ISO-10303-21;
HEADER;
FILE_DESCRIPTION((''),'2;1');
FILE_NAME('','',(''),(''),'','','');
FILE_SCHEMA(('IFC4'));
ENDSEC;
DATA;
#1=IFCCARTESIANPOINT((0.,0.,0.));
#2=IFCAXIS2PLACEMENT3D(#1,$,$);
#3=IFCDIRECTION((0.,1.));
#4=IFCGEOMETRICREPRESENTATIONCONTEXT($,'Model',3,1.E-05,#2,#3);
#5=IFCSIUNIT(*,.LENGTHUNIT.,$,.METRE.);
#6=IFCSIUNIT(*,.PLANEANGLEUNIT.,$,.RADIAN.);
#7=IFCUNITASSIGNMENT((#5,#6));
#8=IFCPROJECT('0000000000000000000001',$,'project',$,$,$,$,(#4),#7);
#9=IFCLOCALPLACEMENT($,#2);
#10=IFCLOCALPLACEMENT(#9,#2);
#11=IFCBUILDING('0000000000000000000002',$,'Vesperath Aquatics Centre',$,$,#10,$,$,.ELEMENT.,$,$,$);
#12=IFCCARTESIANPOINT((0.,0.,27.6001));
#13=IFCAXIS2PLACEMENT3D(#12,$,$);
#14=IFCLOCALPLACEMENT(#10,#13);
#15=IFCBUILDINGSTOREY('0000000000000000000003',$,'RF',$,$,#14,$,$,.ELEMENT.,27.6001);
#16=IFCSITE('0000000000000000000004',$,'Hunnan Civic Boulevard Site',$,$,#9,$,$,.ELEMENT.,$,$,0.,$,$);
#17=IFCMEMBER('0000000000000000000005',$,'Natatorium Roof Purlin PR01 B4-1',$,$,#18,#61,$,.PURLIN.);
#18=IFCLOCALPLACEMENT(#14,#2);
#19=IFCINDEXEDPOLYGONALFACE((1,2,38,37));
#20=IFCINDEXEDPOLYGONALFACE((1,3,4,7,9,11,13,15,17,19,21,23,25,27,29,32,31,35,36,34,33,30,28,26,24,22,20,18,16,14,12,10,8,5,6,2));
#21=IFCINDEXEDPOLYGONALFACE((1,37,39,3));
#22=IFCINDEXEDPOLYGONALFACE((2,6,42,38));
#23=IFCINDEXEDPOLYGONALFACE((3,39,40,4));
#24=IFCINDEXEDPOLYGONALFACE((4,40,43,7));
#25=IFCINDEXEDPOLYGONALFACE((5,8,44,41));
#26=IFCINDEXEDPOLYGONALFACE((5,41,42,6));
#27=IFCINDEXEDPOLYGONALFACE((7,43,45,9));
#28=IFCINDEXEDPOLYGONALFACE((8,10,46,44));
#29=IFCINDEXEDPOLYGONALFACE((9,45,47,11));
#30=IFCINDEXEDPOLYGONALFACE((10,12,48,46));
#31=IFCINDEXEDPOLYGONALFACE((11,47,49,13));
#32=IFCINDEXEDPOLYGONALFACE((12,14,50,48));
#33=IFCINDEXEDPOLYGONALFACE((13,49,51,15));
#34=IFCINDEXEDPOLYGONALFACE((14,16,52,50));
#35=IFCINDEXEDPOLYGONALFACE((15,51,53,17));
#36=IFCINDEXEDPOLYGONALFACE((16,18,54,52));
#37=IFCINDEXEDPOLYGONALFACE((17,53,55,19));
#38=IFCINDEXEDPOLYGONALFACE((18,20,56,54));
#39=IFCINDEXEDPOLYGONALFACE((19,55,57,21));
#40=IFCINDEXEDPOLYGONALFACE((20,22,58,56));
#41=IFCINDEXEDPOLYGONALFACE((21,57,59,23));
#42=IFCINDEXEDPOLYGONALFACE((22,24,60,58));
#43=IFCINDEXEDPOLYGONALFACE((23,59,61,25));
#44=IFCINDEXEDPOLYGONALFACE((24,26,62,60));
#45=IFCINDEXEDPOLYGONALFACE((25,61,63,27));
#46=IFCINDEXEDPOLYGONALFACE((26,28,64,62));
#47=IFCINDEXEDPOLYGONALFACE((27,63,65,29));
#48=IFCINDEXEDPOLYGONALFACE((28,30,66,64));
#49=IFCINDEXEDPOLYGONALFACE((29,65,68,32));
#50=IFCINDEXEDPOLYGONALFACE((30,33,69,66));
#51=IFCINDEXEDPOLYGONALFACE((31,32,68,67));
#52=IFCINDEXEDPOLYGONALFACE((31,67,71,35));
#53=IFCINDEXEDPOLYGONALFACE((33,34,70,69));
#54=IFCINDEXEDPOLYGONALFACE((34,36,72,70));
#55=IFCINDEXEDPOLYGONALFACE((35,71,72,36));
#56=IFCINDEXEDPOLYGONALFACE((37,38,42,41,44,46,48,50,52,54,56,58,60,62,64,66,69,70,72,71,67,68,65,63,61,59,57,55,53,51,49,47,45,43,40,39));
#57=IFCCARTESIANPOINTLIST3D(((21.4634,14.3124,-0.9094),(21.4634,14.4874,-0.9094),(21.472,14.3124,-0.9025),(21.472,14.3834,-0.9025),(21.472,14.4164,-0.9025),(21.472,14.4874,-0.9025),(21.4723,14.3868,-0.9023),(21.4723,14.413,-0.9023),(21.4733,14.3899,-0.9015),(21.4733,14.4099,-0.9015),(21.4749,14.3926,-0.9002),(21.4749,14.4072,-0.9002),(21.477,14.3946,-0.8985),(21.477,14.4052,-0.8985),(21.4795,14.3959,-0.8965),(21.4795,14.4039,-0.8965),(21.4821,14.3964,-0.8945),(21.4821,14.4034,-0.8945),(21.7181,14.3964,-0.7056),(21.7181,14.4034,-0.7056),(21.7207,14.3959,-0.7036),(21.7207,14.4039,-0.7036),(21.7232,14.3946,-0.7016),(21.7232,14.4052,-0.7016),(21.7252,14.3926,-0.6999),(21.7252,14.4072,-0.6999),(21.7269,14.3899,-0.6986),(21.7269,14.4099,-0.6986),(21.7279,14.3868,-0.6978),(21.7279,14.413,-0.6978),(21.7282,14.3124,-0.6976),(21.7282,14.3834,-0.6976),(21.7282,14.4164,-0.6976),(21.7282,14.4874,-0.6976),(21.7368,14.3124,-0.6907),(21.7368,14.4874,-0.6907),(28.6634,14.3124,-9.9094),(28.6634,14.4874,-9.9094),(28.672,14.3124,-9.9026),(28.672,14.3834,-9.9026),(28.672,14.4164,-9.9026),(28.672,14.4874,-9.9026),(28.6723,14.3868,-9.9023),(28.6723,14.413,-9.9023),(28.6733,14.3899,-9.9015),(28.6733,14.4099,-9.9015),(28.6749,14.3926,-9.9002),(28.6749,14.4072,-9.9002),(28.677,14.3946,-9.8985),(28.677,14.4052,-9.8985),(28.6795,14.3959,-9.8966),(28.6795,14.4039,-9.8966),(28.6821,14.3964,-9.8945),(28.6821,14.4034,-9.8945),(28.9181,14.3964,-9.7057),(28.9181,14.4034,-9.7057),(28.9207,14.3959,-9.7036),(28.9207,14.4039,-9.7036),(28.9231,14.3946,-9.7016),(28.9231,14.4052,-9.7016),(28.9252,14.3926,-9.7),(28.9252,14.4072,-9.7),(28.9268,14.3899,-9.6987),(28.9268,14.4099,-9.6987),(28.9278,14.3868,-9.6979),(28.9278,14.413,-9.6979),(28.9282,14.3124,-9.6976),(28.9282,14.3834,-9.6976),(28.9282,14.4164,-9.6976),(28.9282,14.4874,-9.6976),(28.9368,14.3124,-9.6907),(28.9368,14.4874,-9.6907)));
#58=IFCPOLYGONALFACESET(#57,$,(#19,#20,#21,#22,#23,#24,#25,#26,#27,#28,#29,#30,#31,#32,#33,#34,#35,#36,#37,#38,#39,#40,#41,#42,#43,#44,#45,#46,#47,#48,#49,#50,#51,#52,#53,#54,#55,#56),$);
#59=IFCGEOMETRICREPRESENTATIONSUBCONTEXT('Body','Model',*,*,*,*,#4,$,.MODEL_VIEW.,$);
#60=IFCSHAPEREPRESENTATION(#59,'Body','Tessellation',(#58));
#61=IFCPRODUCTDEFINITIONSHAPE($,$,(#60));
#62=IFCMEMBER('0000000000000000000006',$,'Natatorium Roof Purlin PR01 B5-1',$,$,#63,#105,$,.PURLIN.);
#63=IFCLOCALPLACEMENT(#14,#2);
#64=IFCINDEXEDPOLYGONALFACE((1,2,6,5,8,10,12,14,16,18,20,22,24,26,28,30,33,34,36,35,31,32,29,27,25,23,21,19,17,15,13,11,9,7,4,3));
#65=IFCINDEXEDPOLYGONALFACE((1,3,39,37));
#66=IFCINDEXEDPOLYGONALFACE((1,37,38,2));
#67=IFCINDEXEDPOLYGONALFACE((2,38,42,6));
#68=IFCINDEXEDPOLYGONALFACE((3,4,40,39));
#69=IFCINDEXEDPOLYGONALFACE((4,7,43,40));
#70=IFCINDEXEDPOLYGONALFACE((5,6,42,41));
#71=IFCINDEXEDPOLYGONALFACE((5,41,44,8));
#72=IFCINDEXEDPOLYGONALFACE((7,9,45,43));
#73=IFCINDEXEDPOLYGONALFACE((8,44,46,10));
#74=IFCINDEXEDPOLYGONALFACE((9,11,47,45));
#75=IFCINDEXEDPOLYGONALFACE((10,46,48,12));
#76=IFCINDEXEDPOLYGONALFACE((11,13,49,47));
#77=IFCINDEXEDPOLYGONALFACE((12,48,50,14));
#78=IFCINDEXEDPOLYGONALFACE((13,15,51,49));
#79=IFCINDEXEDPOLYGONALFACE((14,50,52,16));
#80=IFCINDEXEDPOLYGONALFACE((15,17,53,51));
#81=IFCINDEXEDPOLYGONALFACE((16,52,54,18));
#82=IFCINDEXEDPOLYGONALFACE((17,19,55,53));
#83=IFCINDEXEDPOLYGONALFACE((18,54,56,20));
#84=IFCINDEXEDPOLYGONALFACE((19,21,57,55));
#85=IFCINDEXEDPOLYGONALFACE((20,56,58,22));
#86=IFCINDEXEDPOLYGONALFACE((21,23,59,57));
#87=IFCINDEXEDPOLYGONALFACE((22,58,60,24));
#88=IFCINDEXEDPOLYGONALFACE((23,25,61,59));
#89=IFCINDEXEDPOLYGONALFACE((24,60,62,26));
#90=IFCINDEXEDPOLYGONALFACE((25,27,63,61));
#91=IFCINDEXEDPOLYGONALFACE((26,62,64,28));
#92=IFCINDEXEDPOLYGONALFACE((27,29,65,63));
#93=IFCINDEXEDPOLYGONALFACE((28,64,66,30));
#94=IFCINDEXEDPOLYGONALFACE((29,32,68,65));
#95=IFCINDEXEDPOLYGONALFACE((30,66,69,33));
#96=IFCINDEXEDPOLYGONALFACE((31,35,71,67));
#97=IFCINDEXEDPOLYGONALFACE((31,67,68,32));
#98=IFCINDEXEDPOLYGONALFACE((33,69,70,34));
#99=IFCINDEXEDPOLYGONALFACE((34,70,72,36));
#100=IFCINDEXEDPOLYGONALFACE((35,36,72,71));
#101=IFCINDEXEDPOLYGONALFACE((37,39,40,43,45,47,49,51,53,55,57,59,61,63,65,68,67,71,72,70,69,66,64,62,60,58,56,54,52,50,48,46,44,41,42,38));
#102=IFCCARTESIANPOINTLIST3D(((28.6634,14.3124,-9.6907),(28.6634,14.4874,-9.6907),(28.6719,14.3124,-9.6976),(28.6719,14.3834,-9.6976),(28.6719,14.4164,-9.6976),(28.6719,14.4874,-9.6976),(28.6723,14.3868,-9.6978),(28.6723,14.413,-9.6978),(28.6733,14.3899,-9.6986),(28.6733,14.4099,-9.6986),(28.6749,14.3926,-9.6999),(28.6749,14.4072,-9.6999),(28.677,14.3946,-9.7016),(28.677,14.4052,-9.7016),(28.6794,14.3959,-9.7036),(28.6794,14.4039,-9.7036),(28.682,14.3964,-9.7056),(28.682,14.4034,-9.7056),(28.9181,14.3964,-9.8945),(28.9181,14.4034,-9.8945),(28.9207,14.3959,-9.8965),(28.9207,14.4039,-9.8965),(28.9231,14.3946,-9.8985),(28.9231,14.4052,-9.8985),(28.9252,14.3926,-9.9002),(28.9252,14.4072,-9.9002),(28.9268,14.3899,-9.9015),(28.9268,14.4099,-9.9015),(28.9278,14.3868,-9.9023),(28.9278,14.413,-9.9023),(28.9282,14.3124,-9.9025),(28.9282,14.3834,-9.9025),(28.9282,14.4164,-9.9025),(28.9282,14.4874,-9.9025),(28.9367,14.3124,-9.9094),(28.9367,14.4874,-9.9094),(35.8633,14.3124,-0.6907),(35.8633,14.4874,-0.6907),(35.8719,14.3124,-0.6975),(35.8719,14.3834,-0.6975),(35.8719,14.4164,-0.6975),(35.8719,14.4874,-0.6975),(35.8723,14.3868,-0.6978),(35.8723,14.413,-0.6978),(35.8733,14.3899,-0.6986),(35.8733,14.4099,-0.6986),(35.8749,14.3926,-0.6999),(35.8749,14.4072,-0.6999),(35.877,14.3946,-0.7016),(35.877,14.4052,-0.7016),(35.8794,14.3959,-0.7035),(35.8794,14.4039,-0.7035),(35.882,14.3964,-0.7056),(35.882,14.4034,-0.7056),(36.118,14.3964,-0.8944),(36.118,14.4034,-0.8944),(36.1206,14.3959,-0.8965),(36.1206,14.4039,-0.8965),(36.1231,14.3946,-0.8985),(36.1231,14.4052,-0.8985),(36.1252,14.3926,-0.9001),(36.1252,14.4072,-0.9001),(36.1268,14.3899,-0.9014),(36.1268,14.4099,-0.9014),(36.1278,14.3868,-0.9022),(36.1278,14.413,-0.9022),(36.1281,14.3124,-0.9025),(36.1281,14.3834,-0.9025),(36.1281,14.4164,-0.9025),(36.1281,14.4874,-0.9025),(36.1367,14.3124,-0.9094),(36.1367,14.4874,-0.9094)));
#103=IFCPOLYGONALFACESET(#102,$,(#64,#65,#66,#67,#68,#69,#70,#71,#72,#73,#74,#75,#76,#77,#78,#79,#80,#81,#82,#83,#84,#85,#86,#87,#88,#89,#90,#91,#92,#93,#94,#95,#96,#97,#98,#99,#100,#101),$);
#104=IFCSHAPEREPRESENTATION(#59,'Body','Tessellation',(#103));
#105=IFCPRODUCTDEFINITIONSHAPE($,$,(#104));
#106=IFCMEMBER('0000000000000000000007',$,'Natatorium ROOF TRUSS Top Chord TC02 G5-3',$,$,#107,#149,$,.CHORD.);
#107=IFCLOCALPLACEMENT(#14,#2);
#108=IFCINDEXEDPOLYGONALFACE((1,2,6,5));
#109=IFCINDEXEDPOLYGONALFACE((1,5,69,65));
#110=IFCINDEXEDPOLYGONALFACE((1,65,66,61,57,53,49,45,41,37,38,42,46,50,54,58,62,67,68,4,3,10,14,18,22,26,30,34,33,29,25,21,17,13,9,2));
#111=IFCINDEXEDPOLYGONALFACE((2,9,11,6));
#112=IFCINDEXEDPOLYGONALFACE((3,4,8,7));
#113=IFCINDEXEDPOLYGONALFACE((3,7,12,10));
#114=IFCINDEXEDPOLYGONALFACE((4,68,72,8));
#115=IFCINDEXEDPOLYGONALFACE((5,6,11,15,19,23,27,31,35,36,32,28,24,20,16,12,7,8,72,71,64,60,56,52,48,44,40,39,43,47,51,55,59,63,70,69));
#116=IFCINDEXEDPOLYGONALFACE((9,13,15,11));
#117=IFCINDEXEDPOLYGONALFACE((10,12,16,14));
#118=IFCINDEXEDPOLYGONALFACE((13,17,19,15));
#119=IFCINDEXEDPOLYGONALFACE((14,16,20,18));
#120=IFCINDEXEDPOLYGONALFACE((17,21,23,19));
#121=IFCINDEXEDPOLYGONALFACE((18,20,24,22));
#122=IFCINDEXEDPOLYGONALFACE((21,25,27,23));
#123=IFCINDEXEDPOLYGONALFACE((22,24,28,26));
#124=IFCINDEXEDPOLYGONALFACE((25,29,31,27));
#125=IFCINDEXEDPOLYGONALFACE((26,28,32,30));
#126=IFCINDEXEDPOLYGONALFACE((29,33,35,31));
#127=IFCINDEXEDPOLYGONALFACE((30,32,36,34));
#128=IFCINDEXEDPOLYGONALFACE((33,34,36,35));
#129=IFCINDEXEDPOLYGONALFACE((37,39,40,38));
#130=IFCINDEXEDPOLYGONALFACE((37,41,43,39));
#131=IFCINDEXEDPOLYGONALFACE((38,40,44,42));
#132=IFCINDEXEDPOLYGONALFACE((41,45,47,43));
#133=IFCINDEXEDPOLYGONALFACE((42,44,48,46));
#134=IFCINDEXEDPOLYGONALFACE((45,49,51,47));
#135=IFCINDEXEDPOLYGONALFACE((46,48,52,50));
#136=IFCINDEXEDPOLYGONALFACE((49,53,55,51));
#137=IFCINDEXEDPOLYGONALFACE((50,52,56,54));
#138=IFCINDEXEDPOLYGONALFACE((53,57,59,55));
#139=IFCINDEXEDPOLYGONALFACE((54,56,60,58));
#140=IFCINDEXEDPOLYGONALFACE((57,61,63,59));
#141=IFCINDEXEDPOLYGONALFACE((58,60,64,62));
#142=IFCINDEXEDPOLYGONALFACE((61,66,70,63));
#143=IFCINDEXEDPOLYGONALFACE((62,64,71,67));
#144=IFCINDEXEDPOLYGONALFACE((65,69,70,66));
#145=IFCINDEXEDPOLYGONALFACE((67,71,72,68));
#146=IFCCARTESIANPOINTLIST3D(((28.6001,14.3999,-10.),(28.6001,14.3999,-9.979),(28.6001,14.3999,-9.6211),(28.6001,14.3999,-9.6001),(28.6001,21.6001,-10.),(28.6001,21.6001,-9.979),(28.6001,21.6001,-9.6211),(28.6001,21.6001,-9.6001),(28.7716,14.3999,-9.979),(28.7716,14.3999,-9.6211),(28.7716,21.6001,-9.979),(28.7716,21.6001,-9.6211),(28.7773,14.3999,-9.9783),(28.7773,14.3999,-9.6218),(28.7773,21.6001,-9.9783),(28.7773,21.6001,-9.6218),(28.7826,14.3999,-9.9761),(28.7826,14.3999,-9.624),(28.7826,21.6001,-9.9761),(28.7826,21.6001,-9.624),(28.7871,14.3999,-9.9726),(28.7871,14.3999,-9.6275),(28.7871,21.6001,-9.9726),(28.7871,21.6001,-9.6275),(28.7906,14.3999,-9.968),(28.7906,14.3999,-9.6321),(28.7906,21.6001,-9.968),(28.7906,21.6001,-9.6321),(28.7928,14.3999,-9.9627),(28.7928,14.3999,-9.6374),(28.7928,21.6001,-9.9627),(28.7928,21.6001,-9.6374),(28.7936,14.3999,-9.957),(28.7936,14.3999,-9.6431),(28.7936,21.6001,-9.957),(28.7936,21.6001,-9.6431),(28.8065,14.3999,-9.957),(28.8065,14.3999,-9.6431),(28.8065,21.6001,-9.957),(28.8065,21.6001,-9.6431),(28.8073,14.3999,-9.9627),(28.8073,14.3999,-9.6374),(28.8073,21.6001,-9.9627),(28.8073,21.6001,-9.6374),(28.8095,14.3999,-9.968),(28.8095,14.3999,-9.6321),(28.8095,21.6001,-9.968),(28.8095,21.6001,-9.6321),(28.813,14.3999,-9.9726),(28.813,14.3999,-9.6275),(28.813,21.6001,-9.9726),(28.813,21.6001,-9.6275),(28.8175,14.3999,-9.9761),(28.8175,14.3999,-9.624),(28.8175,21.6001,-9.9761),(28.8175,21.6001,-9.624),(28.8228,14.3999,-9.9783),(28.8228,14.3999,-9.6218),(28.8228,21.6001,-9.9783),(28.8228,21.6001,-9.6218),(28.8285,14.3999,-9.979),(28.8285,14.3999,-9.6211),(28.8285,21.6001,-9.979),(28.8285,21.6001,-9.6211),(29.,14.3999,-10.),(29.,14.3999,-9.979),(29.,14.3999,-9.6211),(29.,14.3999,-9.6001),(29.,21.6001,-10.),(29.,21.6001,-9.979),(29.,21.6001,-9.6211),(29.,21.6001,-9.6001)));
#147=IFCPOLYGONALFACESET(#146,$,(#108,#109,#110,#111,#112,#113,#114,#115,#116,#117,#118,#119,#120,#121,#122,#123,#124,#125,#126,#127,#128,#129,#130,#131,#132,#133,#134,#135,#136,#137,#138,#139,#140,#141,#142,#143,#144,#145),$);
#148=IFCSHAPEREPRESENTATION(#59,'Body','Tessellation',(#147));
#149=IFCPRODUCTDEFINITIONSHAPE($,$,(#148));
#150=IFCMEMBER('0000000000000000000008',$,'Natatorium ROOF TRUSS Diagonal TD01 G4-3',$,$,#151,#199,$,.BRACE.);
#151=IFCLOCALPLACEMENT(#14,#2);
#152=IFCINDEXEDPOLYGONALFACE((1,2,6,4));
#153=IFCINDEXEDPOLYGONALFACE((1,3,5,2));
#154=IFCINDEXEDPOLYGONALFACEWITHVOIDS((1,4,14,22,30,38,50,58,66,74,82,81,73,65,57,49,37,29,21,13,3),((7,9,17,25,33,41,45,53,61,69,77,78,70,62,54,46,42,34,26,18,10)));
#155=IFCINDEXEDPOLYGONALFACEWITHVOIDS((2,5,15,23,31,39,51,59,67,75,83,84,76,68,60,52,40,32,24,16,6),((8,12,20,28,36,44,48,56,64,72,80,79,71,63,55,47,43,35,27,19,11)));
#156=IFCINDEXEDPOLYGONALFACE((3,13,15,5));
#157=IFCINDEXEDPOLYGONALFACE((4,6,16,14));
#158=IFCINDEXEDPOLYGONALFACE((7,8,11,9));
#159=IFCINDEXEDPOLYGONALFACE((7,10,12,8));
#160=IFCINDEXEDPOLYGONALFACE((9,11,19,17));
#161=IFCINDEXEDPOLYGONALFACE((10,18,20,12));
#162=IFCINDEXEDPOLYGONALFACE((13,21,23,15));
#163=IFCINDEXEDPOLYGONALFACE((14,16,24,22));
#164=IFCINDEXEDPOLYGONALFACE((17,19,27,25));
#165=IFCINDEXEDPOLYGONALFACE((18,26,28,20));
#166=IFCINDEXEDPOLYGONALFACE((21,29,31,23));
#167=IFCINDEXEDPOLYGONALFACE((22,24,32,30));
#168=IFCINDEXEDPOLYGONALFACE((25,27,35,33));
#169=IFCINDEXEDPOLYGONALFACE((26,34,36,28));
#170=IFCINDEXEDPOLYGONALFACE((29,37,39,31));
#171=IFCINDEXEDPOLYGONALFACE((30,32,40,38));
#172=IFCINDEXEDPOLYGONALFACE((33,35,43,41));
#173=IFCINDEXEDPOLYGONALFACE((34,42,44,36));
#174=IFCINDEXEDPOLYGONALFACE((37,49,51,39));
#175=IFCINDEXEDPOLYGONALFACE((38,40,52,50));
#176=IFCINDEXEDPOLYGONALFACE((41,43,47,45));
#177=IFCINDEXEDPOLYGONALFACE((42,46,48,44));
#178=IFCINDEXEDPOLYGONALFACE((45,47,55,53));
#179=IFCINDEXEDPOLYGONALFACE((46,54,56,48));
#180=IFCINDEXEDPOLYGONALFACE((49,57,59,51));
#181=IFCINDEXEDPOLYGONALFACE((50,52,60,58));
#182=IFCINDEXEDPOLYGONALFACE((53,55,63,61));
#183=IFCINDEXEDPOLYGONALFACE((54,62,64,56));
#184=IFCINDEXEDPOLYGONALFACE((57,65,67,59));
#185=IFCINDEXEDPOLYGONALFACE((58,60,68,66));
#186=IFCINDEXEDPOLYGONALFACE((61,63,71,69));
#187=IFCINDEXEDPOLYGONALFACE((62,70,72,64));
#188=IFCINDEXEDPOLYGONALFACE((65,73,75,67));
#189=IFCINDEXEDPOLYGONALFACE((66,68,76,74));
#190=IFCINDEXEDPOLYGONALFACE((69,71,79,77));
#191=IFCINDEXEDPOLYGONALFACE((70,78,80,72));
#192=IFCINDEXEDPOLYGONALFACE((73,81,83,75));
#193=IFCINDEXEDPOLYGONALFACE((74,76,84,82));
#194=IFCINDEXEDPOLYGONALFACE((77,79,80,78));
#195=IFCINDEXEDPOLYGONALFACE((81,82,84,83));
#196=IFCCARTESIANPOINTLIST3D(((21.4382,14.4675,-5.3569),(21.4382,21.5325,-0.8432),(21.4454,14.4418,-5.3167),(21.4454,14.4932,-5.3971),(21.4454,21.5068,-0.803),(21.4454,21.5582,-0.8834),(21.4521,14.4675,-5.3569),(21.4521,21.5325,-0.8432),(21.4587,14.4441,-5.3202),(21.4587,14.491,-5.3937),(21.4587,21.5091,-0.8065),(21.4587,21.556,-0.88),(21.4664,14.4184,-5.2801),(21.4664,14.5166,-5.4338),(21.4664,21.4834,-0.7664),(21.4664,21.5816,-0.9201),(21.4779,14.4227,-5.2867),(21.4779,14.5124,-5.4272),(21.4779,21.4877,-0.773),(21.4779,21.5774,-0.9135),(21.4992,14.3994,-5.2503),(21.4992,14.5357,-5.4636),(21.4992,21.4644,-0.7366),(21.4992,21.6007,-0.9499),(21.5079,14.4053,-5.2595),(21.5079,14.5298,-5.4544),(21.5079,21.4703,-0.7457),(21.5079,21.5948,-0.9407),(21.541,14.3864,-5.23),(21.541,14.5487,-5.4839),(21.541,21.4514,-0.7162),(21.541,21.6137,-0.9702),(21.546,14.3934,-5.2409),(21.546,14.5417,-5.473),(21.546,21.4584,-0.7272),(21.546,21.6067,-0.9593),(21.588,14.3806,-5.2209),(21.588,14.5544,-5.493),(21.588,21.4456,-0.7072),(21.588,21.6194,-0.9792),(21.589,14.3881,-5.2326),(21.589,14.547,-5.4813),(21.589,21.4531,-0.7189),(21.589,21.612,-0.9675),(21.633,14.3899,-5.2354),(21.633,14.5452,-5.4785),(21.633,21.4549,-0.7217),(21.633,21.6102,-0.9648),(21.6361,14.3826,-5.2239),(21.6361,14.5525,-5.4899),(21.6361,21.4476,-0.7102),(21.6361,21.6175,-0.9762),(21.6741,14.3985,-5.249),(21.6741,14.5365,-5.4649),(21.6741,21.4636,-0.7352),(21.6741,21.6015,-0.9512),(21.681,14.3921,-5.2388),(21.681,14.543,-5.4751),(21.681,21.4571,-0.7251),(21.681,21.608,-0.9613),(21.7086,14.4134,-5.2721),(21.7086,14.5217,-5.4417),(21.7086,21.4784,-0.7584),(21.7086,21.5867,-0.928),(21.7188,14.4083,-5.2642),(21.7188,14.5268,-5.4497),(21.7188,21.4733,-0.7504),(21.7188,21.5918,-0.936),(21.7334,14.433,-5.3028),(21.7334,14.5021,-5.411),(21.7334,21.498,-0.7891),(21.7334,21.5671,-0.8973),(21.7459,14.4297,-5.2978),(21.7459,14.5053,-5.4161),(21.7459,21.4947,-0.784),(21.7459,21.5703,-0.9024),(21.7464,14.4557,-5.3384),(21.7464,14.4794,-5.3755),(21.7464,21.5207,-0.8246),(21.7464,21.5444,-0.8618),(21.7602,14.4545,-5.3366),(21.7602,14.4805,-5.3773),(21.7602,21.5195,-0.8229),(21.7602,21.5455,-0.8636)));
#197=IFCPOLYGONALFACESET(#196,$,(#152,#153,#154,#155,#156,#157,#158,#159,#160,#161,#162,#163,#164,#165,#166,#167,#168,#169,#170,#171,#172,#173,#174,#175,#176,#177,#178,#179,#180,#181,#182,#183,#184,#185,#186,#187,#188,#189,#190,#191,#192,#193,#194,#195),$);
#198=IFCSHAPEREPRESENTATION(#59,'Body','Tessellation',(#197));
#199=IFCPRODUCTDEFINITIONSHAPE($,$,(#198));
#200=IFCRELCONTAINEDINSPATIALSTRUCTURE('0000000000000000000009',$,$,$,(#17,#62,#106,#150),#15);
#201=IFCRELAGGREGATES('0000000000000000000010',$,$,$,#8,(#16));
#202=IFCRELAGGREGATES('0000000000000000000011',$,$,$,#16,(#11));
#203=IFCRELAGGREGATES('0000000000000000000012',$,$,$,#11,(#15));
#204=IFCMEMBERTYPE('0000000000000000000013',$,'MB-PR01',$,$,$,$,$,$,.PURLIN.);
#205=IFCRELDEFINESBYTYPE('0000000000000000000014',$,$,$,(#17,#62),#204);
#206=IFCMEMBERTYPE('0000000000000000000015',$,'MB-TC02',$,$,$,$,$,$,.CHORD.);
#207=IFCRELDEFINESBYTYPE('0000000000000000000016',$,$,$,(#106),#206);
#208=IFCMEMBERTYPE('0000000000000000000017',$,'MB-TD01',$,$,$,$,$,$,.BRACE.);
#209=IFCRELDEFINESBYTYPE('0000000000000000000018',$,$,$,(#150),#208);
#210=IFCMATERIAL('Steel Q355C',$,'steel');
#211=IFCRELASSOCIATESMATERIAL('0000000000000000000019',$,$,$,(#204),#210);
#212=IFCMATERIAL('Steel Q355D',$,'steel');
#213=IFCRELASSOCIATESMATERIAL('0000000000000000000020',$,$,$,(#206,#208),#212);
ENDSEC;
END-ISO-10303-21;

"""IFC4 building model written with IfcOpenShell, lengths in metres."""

from ifc_helpers import new_model, si_unit, direction, frame, origin, origin_2d, place, context, subcontext, project, spatial, hollow_circle, i_section, extrude, material, material_profile, profile_set, type_object, element, save


model = new_model("IFC4")

# Units and contexts
model_context = context("Model", 3, precision=1e-05, world=origin(), true_north=direction((0.0, 1.0)))
body_context = subcontext(model_context, "Body", "Model", "MODEL_VIEW")
ifc_project = project(units=[si_unit("LENGTHUNIT", "METRE"), si_unit("PLANEANGLEUNIT", "RADIAN")], contexts=[model_context])

# Site, building, storey
site_placement = place(None, origin())
site = spatial("IfcSite", under=ifc_project, at=site_placement, Name="Hunnan Civic Boulevard Site", CompositionType="ELEMENT", RefElevation=0.0)
building_placement = place(site_placement, origin())
building = spatial("IfcBuilding", under=site, at=building_placement, Name="Vesperath Aquatics Centre", CompositionType="ELEMENT")
storey_placement = place(building_placement, frame((0.0, 0.0, 27.6001)))
storey = spatial("IfcBuildingStorey", under=building, at=storey_placement, Name="RF", CompositionType="ELEMENT", Elevation=27.6001)

# Shared definitions
ifc_material_1 = material(Name="Steel Q355C", Category="steel")

# Members
ifc_material_2 = material(Name="Steel Q355D", Category="steel")
ifc_material_profile_1 = material_profile(ifc_material_1, i_section(OverallWidth=0.175, OverallDepth=0.3501, WebThickness=0.0071, FlangeThickness=0.011, FilletRadius=0.0129, at=origin_2d()), Name="HN 350x175x7x11")
ifc_profile_set_1 = profile_set([ifc_material_profile_1], Name="Steel Q355C")
member_type_1 = type_object("IfcMemberType", Name="MB-PR01", PredefinedType="PURLIN", material=ifc_profile_set_1)
for number, where, z_axis, x_axis, name in (
    (1, (21.6001, 14.3999, -0.8), (0.624692, 0.0, -0.780871), (0.0, 1.0, 0.0), "Natatorium Roof Purlin PR01 B4-1"),
    (2, (28.8, 14.3999, -9.8), (0.624692, 0.0, 0.780871), (0.0, 1.0, 0.0), "Natatorium Roof Purlin PR01 B5-1"),
):
    element("IfcMember", number, at=place(storey_placement, frame(where, z_axis=z_axis, x_axis=x_axis)), inside=storey, type_object=member_type_1, Name=name, PredefinedType="PURLIN", context=body_context, shape_type="SweptSolid", body=[
        extrude(i_section(OverallWidth=0.175, OverallDepth=0.3501, WebThickness=0.0071, FlangeThickness=0.011, FilletRadius=0.0129, at=origin_2d()), origin(), (0.0, 0.0, 1.0), 11.5256),
    ])
ifc_material_profile_2 = material_profile(ifc_material_2, i_section(OverallWidth=0.3999, OverallDepth=0.3999, WebThickness=0.0129, FlangeThickness=0.021, FilletRadius=0.022, at=origin_2d()), Name="HW 400x400x13x21")
ifc_profile_set_2 = profile_set([ifc_material_profile_2], Name="Steel Q355D")
member_type_2 = type_object("IfcMemberType", Name="MB-TC02", PredefinedType="CHORD", material=ifc_profile_set_2)
member_1_placement = place(storey_placement, frame((28.8, 14.3999, -9.8), z_axis=(0.0, 1.0, 0.0), x_axis=(-1.0, 0.0, 0.0)))
element("IfcMember", 3, at=member_1_placement, inside=storey, type_object=member_type_2, Name="Natatorium ROOF TRUSS Top Chord TC02 G5-3", PredefinedType="CHORD", context=body_context, shape_type="SweptSolid", body=[
    extrude(i_section(OverallWidth=0.3999, OverallDepth=0.3999, WebThickness=0.0129, FlangeThickness=0.021, FilletRadius=0.022, at=origin_2d()), origin(), (0.0, 0.0, 1.0), 7.2002),
])
ifc_material_profile_3 = material_profile(ifc_material_2, hollow_circle(Radius=0.1619, WallThickness=0.0139, at=origin_2d()), Name="CHS 323.9x14")
ifc_profile_set_3 = profile_set([ifc_material_profile_3], Name="Steel Q355D")
member_type_3 = type_object("IfcMemberType", Name="MB-TD01", PredefinedType="BRACE", material=ifc_profile_set_3)
member_2_placement = place(storey_placement, frame((21.6001, 14.4675, -5.3569), z_axis=(0.0, 0.842698, 0.538386), x_axis=(-1.0, 0.0, 0.0)))
element("IfcMember", 4, at=member_2_placement, inside=storey, type_object=member_type_3, Name="Natatorium ROOF TRUSS Diagonal TD01 G4-3", PredefinedType="BRACE", context=body_context, shape_type="SweptSolid", body=[
    extrude(hollow_circle(Radius=0.1619, WallThickness=0.0139, at=origin_2d()), origin(), (0.0, 0.0, 1.0), 8.3838),
])

save(model, "model.ifc")
